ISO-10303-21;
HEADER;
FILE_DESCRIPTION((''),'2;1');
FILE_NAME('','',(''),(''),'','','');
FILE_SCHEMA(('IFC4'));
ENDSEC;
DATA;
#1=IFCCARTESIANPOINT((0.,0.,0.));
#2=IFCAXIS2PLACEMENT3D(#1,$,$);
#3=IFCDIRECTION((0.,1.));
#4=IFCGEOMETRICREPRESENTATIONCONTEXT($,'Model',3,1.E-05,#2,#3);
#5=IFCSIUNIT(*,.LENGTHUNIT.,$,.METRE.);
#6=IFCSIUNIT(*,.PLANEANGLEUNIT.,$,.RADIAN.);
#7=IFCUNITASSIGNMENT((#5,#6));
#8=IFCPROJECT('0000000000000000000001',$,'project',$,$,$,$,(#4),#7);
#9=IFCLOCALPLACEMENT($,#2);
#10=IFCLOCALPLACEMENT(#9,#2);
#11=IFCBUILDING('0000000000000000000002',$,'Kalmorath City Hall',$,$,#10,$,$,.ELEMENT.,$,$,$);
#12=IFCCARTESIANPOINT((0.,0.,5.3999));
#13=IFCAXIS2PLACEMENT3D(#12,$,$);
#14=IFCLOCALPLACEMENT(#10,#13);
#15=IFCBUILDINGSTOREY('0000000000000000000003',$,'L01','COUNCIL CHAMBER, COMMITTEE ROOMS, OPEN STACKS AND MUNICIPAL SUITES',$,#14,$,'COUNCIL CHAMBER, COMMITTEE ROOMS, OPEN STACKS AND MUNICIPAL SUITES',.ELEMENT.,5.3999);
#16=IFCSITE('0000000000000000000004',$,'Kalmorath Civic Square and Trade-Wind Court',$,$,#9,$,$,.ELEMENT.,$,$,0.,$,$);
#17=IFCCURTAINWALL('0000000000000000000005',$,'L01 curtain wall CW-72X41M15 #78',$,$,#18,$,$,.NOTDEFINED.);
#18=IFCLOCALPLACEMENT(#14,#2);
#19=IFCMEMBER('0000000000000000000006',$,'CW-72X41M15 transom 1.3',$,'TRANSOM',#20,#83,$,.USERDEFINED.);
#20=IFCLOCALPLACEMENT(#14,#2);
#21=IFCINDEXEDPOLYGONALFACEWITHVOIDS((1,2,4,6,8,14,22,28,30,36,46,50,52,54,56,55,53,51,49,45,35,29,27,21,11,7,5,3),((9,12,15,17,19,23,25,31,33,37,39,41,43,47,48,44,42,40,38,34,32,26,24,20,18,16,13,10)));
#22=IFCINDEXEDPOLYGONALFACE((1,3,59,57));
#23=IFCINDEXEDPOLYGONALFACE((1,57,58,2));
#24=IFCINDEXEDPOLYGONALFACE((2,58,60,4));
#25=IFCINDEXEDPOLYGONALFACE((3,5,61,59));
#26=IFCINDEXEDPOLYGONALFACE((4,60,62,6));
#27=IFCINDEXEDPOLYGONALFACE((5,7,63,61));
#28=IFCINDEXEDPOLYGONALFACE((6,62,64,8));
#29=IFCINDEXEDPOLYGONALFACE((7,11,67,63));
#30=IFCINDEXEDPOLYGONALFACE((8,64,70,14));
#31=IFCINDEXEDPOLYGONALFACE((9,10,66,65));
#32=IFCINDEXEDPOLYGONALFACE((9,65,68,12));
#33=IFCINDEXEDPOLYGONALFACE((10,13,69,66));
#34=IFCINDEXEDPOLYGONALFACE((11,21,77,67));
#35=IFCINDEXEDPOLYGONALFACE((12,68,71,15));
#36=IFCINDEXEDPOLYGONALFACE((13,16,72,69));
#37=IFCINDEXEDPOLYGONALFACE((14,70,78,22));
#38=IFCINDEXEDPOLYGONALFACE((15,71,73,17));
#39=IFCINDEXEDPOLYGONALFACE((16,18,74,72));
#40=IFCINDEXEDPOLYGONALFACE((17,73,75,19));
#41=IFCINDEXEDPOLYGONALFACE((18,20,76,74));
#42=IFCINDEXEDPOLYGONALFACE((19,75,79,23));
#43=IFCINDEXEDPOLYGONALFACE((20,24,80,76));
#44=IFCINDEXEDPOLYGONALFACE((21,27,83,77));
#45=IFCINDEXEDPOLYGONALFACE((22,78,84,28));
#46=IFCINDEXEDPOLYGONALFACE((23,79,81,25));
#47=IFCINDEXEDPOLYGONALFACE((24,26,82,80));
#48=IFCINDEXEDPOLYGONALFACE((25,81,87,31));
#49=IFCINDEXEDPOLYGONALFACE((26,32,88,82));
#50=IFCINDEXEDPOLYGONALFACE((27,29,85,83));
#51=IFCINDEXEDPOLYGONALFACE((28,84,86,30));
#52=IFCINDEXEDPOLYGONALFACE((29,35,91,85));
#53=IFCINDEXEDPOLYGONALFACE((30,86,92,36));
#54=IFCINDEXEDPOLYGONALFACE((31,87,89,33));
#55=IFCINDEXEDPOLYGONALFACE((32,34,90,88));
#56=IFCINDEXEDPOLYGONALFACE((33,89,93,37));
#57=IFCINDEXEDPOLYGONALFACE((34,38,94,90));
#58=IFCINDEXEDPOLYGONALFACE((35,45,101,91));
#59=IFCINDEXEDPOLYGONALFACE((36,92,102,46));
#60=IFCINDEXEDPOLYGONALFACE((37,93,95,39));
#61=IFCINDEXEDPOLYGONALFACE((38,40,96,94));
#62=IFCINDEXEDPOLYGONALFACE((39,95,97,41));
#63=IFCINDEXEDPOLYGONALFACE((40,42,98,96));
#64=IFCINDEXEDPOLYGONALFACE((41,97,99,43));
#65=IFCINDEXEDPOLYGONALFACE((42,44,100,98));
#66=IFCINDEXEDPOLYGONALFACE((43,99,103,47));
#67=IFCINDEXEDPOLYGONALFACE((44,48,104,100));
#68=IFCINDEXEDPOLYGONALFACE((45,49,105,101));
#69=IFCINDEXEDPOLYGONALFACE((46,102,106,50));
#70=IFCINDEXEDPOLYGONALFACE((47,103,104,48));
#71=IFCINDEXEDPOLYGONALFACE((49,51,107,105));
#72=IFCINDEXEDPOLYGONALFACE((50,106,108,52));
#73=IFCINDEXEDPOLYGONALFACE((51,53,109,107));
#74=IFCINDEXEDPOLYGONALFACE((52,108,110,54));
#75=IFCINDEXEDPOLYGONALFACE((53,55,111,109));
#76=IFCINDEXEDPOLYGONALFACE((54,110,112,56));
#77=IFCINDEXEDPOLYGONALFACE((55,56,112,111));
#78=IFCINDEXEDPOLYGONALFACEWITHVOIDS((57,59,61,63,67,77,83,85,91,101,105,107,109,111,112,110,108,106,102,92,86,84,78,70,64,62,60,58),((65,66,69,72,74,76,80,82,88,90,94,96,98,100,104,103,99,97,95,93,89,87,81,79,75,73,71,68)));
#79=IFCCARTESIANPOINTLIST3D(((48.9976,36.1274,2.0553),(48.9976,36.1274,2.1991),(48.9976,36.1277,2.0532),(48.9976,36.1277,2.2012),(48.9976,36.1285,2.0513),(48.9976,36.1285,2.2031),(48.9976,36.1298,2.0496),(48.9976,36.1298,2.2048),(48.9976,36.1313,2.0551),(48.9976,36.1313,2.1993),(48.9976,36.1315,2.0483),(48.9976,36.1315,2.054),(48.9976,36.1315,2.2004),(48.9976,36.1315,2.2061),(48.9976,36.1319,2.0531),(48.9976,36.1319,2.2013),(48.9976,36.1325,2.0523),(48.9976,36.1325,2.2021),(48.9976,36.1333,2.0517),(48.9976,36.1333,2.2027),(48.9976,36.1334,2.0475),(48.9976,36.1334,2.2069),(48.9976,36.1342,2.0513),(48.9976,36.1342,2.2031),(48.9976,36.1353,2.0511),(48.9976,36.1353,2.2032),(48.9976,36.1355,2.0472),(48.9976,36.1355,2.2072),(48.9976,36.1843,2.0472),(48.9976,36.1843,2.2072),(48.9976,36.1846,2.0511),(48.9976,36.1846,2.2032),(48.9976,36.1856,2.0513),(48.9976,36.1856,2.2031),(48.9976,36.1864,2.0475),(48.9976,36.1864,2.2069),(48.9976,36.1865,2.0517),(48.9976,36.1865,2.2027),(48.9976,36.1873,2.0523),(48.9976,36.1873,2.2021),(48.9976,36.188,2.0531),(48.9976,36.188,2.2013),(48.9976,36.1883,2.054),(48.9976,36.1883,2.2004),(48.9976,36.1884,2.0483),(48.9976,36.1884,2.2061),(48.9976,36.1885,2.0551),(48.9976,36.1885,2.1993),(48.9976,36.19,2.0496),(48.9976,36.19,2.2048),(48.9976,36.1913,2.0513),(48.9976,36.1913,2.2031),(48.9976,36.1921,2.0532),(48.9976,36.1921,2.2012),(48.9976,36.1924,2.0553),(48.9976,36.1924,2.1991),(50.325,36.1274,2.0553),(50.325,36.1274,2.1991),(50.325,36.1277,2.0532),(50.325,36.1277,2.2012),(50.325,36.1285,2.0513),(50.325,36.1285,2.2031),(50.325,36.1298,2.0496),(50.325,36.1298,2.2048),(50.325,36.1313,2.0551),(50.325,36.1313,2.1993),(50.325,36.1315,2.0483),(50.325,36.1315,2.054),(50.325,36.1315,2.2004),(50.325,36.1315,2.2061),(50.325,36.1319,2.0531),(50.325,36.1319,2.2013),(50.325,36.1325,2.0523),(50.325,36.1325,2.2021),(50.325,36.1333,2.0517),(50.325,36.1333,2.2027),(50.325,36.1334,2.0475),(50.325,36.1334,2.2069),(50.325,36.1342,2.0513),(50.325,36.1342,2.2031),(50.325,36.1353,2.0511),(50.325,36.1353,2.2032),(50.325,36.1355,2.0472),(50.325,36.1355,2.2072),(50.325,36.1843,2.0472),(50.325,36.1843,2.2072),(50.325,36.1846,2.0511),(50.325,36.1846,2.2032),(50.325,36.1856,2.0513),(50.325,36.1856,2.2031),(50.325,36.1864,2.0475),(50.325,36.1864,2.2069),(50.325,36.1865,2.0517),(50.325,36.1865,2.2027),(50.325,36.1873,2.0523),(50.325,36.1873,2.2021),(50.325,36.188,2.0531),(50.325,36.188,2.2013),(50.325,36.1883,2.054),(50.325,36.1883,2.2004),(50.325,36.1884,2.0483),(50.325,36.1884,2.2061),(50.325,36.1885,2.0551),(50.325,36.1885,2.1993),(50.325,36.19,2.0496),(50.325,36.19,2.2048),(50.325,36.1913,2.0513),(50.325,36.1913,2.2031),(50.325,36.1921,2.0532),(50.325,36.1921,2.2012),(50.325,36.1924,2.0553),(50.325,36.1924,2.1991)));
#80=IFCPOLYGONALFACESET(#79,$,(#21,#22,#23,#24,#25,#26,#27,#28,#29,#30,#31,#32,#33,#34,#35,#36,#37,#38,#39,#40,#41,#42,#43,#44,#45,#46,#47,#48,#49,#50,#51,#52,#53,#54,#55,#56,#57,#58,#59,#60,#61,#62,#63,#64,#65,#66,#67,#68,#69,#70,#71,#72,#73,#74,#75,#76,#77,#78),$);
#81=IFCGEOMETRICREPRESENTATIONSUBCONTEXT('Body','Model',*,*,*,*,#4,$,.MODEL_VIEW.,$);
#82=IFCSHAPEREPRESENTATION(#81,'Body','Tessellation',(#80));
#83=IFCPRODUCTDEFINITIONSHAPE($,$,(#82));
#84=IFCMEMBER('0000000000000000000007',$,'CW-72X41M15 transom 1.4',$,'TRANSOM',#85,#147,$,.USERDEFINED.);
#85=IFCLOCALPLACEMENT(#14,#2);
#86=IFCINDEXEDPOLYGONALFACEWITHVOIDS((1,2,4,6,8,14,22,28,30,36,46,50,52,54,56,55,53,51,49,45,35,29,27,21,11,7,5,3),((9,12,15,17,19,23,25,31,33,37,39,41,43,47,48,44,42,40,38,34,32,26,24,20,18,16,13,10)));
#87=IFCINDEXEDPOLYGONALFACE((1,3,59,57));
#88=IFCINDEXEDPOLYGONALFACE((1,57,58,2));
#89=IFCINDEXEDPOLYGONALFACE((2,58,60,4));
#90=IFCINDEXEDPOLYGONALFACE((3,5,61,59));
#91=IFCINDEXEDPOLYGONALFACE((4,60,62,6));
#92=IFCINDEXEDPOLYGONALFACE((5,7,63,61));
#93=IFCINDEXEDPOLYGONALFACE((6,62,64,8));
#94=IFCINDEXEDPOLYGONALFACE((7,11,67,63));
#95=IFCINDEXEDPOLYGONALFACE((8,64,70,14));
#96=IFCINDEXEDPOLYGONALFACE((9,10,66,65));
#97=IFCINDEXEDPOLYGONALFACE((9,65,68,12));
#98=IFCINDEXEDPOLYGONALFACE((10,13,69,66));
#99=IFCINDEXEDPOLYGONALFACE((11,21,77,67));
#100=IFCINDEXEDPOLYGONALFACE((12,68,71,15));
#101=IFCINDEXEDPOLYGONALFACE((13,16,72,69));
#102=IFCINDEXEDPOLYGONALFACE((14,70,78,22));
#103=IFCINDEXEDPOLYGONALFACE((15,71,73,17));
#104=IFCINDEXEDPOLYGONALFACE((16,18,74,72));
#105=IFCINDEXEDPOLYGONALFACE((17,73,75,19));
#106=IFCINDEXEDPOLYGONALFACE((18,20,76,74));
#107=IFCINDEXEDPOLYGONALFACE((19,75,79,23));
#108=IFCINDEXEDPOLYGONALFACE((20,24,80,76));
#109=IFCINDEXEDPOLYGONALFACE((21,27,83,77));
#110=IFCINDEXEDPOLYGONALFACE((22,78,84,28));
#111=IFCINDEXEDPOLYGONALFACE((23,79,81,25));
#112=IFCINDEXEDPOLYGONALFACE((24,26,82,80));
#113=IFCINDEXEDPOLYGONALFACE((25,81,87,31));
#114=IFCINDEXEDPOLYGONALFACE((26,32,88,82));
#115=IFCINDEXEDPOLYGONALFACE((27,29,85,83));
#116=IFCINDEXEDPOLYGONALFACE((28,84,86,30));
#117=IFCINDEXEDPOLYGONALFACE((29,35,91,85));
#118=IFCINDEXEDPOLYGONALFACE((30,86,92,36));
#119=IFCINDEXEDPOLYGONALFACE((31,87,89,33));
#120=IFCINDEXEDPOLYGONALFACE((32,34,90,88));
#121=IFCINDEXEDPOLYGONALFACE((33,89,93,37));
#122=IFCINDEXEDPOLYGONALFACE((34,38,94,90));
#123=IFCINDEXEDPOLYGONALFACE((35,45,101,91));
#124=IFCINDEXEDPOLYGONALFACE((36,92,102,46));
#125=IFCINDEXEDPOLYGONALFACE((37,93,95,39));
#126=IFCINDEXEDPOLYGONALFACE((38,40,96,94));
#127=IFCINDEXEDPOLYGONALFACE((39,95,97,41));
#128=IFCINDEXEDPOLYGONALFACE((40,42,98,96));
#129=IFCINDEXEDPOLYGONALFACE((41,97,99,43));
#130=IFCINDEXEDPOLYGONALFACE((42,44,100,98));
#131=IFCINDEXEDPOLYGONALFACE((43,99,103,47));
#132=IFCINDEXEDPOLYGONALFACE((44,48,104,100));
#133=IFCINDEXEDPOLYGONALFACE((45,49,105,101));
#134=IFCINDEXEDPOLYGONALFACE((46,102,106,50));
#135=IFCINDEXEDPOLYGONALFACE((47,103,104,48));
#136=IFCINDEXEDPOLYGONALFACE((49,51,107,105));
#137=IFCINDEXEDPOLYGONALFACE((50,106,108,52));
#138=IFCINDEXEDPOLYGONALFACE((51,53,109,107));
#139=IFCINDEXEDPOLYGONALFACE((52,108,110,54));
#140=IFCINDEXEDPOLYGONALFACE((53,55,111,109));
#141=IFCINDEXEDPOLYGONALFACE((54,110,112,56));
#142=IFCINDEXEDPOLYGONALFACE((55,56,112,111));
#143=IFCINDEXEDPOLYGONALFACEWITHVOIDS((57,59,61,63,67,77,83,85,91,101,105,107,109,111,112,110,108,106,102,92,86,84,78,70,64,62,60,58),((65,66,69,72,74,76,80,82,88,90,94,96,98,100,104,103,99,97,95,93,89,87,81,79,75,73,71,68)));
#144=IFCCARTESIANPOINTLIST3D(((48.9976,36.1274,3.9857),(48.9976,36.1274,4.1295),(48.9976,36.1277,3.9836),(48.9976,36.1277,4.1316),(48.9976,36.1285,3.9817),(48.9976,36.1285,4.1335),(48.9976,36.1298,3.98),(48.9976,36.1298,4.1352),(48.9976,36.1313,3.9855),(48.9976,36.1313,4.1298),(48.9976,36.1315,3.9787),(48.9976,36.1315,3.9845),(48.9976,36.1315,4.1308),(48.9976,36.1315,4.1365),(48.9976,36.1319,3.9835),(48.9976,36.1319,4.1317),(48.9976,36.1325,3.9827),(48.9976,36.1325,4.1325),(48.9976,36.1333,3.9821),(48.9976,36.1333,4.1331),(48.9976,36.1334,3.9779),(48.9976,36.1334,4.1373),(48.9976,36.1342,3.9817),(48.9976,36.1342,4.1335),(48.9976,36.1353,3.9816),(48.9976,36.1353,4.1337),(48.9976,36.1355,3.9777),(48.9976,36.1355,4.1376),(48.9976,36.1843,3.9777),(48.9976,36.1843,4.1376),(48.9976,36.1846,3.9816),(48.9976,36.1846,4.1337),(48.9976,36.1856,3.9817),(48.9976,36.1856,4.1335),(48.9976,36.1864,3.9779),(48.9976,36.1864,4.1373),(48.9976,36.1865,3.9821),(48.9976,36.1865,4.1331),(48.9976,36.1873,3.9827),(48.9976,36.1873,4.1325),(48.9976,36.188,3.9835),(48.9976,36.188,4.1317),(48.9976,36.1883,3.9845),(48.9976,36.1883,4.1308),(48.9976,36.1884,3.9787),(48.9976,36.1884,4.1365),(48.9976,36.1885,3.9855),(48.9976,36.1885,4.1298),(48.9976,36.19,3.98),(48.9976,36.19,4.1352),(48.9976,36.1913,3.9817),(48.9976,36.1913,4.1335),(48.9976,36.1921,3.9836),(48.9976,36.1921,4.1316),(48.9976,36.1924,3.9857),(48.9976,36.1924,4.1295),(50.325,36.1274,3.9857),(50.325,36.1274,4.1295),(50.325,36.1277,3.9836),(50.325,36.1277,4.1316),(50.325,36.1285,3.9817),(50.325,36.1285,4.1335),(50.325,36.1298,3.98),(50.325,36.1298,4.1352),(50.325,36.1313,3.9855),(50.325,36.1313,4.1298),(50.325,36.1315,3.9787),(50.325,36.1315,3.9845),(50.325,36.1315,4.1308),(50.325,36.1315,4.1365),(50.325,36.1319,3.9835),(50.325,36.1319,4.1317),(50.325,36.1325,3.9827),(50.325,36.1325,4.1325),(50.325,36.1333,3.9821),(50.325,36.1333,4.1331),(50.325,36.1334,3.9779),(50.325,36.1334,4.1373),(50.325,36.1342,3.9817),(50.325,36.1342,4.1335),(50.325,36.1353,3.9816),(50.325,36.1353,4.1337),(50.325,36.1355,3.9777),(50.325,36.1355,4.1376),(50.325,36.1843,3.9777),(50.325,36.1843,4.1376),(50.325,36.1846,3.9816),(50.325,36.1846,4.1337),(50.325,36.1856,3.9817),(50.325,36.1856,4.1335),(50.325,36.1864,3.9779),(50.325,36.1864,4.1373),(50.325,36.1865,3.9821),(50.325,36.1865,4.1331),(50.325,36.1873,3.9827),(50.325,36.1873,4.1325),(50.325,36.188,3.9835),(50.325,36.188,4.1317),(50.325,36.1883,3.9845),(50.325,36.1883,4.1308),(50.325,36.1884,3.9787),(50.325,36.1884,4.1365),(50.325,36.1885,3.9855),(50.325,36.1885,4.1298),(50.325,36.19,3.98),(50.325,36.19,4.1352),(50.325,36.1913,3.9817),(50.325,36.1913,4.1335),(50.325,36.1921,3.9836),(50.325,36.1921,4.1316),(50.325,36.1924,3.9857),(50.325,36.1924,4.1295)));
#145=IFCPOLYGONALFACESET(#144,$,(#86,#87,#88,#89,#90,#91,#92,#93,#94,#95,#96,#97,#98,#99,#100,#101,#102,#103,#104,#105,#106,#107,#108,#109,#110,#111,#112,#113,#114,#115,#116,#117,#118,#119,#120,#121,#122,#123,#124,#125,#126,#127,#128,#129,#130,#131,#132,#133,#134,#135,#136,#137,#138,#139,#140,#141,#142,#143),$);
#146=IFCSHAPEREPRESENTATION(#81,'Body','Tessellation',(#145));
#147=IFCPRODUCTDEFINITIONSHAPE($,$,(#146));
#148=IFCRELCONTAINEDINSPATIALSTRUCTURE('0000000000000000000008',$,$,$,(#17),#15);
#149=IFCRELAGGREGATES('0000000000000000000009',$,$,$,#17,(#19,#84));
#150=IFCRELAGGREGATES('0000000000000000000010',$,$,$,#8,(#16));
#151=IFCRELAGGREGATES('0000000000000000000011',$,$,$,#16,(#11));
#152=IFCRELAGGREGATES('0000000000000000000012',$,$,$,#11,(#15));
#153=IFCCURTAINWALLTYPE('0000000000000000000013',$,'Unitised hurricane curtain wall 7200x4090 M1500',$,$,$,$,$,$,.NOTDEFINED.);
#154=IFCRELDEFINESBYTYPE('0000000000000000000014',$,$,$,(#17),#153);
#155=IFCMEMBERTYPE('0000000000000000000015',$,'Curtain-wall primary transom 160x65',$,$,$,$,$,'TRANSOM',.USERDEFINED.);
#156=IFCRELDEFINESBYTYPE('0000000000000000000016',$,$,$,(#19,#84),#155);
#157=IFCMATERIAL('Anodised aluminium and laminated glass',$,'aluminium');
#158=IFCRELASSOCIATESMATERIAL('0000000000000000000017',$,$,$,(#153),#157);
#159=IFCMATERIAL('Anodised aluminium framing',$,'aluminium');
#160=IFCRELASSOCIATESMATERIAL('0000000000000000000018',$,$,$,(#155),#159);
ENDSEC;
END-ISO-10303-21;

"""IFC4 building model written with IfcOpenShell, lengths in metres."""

from ifc_helpers import new_model, si_unit, direction, frame, origin, origin_2d, place, context, subcontext, project, spatial, hollow_rectangle, extrude, material, material_profile, profile_set, type_object, element, aggregate, save


model = new_model("IFC4")

# Units and contexts
model_context = context("Model", 3, precision=1e-05, world=origin(), true_north=direction((0.0, 1.0)))
body_context = subcontext(model_context, "Body", "Model", "MODEL_VIEW")
ifc_project = project(units=[si_unit("LENGTHUNIT", "METRE"), si_unit("PLANEANGLEUNIT", "RADIAN")], contexts=[model_context])

# Site, building, storey
site_placement = place(None, origin())
site = spatial("IfcSite", under=ifc_project, at=site_placement, Name="Kalmorath Civic Square and Trade-Wind Court", CompositionType="ELEMENT", RefElevation=0.0)
building_placement = place(site_placement, origin())
building = spatial("IfcBuilding", under=site, at=building_placement, Name="Kalmorath City Hall", CompositionType="ELEMENT")
storey_placement = place(building_placement, frame((0.0, 0.0, 5.3999)))
storey = spatial("IfcBuildingStorey", under=building, at=storey_placement, Name="L01", Description="COUNCIL CHAMBER, COMMITTEE ROOMS, OPEN STACKS AND MUNICIPAL SUITES", LongName="COUNCIL CHAMBER, COMMITTEE ROOMS, OPEN STACKS AND MUNICIPAL SUITES", CompositionType="ELEMENT", Elevation=5.3999)

# Curtain wall, members
ifc_material_1 = material(Name="Anodised aluminium and laminated glass", Category="aluminium")
curtain_wall_type_1 = type_object("IfcCurtainWallType", Name="Unitised hurricane curtain wall 7200x4090 M1500", PredefinedType="NOTDEFINED", material=ifc_material_1)
curtain_wall_1_placement = place(storey_placement, origin())
curtain_wall_1 = element("IfcCurtainWall", 1, at=curtain_wall_1_placement, inside=storey, type_object=curtain_wall_type_1, Name="L01 curtain wall CW-72X41M15 #78", PredefinedType="NOTDEFINED")
ifc_material_2 = material(Name="Anodised aluminium framing", Category="aluminium")
ifc_material_profile_1 = material_profile(ifc_material_2, hollow_rectangle(XDim=0.0649, YDim=0.1599, WallThickness=0.0039, InnerFilletRadius=0.0039, OuterFilletRadius=0.0081, at=origin_2d()), Name="ALU-TRN-160X65X4")
ifc_profile_set_1 = profile_set([ifc_material_profile_1], Name="Anodised aluminium framing")
member_type_1 = type_object("IfcMemberType", Name="Curtain-wall primary transom 160x65", ElementType="TRANSOM", PredefinedType="USERDEFINED", material=ifc_profile_set_1)
member_1_placement = place(storey_placement, frame((50.325, 36.1599, 2.1272), z_axis=(-1.0, 0.0, 0.0), x_axis=(0.0, -1.0, 0.0)))
member_1 = element("IfcMember", 2, at=member_1_placement, type_object=member_type_1, Name="CW-72X41M15 transom 1.3", ObjectType="TRANSOM", PredefinedType="USERDEFINED", context=body_context, shape_type="SweptSolid", body=[
    extrude(hollow_rectangle(XDim=0.0649, YDim=0.1599, WallThickness=0.0039, InnerFilletRadius=0.0039, OuterFilletRadius=0.0081, at=origin_2d()), origin(), (0.0, 0.0, 1.0), 1.3274),
])
member_2_placement = place(storey_placement, frame((50.325, 36.1599, 4.0576), z_axis=(-1.0, 0.0, 0.0), x_axis=(0.0, -1.0, 0.0)))
member_2 = element("IfcMember", 3, at=member_2_placement, type_object=member_type_1, Name="CW-72X41M15 transom 1.4", ObjectType="TRANSOM", PredefinedType="USERDEFINED", context=body_context, shape_type="SweptSolid", body=[
    extrude(hollow_rectangle(XDim=0.0649, YDim=0.1599, WallThickness=0.0039, InnerFilletRadius=0.0039, OuterFilletRadius=0.0081, at=origin_2d()), origin(), (0.0, 0.0, 1.0), 1.3274),
])

aggregate(curtain_wall_1, [member_1, member_2])

save(model, "model.ifc")
